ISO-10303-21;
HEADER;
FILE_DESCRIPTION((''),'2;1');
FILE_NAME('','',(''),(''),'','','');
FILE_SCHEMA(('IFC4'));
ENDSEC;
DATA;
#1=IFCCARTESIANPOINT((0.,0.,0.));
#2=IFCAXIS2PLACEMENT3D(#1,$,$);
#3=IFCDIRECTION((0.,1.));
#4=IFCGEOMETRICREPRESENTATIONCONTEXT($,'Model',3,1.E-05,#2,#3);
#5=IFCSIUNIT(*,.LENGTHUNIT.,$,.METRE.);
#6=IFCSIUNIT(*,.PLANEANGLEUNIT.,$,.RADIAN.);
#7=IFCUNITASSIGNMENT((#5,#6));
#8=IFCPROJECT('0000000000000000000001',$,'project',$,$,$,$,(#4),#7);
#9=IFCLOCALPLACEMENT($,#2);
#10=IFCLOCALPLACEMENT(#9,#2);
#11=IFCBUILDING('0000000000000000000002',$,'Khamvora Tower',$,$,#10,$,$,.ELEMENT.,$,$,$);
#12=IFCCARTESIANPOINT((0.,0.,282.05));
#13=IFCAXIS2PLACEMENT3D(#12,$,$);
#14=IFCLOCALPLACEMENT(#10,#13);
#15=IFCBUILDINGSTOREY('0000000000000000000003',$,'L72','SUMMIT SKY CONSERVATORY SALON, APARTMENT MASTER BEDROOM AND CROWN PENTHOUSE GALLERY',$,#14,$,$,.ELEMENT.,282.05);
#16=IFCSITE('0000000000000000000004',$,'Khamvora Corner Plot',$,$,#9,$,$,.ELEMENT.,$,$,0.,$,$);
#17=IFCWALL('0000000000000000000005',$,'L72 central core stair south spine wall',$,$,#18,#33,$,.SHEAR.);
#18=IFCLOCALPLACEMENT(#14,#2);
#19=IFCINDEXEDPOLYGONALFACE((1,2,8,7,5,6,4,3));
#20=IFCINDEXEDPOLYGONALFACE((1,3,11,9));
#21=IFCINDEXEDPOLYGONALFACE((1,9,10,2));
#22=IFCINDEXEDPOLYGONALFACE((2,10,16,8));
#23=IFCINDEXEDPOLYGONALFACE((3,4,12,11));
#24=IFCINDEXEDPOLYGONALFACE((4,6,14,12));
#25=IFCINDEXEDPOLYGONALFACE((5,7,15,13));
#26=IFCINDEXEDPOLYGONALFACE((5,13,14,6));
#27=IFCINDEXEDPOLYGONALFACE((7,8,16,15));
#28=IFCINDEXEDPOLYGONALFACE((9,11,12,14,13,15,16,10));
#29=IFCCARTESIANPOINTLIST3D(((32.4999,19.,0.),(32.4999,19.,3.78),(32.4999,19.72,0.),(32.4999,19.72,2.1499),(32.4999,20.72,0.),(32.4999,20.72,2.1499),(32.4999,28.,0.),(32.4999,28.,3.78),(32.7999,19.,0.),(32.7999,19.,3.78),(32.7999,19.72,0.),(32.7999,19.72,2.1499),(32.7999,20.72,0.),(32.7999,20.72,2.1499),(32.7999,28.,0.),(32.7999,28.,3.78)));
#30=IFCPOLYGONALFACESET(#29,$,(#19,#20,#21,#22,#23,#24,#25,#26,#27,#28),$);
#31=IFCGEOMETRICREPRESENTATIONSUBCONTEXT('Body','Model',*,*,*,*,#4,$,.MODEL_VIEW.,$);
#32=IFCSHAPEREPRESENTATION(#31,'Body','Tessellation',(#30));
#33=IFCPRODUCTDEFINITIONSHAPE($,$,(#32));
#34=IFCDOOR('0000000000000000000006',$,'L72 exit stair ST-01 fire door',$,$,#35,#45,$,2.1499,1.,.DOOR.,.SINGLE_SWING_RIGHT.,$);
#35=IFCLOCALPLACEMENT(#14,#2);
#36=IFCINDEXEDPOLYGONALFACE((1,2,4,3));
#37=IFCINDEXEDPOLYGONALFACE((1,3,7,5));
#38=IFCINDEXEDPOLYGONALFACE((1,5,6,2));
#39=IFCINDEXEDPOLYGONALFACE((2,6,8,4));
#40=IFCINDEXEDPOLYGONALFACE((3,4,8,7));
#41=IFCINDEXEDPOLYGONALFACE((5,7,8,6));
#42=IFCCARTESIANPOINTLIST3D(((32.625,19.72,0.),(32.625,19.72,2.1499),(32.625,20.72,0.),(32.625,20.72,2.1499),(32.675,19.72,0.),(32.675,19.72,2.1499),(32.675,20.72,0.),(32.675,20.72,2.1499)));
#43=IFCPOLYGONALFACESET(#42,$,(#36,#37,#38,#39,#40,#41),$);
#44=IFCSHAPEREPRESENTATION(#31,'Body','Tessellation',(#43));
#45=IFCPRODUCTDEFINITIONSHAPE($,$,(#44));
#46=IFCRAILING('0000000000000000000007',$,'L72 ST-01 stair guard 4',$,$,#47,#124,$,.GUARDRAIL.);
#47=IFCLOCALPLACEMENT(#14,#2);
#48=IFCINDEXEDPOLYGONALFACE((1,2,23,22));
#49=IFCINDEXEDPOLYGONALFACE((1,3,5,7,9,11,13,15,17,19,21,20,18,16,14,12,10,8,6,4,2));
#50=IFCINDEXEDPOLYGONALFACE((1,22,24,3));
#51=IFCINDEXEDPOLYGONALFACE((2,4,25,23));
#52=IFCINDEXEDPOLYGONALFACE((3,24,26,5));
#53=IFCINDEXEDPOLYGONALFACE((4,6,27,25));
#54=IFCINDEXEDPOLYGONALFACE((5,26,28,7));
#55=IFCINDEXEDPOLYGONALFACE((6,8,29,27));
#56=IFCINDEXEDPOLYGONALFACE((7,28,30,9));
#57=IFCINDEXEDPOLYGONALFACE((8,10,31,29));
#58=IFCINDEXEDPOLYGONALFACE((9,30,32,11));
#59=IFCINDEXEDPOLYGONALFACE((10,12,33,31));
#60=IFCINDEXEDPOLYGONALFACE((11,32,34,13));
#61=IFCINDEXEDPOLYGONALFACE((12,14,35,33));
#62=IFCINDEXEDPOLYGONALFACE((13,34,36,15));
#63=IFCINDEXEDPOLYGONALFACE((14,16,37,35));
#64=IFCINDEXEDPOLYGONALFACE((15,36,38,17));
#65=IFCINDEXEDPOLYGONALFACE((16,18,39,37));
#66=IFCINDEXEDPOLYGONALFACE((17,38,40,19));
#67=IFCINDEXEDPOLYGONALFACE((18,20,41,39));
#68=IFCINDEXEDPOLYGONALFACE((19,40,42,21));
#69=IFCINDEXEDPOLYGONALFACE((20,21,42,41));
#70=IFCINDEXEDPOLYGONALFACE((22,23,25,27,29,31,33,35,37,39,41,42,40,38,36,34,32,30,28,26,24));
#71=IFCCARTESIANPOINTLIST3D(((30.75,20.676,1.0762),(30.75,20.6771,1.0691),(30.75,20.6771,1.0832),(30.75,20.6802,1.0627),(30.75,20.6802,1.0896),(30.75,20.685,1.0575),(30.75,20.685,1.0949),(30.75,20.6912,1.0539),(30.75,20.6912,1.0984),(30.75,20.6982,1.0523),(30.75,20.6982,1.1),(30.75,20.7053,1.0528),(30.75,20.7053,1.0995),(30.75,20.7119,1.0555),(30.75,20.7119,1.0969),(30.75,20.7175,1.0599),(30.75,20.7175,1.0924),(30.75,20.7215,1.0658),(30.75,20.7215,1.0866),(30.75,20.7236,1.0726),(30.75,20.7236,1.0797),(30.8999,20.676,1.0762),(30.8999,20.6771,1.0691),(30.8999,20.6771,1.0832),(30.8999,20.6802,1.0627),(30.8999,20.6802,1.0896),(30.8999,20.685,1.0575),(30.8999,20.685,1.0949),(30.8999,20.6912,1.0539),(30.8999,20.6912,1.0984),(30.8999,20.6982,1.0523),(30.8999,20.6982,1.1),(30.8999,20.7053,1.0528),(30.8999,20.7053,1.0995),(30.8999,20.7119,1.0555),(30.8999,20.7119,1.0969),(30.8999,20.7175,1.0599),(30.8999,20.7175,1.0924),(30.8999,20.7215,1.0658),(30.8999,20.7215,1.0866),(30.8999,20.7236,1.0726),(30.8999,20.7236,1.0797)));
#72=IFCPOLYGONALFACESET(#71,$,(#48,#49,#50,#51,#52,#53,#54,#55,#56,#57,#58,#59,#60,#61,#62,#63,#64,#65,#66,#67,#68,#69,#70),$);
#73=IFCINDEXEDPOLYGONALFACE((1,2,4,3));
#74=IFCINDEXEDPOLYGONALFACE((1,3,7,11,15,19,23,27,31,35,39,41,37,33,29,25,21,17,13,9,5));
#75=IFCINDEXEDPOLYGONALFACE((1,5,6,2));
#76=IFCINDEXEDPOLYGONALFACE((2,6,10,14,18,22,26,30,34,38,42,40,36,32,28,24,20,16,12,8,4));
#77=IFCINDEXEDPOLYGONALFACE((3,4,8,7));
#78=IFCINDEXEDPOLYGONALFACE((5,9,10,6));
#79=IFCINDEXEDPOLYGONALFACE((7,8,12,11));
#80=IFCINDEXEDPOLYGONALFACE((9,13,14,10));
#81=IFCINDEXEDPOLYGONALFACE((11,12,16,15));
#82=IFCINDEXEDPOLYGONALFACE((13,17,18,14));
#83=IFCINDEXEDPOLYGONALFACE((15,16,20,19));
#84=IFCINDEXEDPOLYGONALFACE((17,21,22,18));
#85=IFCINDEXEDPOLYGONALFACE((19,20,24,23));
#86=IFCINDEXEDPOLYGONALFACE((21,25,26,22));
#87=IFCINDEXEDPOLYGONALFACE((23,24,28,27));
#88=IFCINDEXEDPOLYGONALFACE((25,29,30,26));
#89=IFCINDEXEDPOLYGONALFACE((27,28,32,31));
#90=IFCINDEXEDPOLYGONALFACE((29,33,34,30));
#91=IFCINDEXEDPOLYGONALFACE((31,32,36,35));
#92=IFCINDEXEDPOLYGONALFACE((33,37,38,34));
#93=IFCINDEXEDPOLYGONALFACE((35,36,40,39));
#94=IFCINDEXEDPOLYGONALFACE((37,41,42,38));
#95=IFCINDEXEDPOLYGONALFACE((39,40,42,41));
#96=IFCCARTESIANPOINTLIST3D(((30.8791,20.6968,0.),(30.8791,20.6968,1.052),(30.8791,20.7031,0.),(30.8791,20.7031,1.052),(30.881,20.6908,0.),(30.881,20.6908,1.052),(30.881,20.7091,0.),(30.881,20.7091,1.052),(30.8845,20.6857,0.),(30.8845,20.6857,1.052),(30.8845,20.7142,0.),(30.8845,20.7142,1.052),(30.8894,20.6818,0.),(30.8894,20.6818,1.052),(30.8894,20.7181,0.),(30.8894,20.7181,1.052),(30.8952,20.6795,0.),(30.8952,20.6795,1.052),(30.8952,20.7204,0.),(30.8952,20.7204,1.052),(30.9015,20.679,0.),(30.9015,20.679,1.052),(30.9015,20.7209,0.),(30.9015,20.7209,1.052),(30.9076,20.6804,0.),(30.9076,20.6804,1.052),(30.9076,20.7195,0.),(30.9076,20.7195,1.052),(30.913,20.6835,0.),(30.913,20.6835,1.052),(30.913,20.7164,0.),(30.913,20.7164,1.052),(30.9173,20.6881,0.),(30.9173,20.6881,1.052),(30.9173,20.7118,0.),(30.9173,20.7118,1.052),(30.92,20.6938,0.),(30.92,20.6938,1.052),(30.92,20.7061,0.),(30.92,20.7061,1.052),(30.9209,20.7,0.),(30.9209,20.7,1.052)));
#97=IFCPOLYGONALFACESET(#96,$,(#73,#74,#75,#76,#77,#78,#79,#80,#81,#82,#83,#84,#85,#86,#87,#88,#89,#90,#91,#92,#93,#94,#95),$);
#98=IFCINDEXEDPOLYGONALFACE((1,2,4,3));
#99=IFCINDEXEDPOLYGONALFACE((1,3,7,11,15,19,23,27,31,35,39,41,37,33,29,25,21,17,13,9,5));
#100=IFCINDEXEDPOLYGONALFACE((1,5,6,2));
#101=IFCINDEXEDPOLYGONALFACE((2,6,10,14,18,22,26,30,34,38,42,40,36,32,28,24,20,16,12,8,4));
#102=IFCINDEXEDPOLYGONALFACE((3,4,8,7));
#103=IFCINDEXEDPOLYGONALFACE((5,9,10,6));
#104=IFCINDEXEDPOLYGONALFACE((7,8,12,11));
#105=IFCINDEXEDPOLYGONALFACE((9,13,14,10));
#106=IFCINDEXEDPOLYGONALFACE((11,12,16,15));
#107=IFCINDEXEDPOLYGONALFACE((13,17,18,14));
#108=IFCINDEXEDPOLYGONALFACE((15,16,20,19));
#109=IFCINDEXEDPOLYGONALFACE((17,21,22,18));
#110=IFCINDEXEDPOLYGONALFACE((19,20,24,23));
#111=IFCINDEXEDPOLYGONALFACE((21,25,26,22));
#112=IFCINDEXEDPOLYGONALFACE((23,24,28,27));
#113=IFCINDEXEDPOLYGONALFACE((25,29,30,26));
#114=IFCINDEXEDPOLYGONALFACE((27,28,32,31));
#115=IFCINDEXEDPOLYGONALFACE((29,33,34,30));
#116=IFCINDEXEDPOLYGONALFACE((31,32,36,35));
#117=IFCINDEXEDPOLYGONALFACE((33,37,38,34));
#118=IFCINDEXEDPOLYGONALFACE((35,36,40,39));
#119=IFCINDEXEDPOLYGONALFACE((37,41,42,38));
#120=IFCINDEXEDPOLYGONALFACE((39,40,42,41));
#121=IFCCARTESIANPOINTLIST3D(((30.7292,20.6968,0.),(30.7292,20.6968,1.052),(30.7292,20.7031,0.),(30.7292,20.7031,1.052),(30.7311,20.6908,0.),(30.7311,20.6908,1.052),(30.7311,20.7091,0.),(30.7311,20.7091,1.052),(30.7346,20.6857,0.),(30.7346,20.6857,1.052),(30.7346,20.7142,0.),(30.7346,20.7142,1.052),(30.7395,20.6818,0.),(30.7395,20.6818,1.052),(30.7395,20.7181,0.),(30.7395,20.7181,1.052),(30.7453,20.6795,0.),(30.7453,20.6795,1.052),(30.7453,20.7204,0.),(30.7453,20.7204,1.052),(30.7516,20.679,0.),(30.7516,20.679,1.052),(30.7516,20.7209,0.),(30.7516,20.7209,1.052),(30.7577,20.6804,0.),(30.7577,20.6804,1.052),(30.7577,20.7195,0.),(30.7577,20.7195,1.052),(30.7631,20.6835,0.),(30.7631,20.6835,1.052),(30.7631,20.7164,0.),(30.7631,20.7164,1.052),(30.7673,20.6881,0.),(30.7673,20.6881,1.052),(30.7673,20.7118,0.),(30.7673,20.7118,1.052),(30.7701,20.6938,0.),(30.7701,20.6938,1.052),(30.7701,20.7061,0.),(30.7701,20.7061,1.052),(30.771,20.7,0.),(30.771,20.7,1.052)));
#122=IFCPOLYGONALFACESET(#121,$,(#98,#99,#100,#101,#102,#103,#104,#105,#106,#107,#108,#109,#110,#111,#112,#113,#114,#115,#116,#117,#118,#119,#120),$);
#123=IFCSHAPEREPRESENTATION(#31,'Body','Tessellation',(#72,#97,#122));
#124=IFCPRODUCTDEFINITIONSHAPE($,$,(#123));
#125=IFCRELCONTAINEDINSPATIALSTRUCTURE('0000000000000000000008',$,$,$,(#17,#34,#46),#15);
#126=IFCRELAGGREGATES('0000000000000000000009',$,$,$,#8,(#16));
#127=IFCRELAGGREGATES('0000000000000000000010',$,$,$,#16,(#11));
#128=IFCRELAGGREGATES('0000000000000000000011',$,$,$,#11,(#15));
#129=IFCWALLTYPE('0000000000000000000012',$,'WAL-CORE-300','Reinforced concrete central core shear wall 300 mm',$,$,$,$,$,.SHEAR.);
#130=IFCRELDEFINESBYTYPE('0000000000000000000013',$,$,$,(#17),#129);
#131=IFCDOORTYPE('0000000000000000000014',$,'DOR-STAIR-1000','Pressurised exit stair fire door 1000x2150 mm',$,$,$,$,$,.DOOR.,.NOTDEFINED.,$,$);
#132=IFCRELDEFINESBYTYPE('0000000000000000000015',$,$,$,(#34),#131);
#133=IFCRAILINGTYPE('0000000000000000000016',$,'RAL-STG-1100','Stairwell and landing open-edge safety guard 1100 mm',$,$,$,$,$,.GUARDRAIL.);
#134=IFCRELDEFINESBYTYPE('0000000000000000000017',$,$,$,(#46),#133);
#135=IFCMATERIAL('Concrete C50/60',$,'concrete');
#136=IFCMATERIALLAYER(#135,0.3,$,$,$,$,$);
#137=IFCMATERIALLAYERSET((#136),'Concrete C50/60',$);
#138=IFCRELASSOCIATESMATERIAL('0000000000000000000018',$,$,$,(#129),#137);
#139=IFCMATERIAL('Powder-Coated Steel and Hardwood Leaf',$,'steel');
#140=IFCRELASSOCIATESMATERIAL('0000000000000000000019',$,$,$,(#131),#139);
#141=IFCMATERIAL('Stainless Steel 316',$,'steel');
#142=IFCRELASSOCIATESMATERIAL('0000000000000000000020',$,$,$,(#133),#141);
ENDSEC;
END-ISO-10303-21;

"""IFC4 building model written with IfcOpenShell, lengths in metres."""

from ifc_helpers import new_model, si_unit, direction, frame, frame_2d, origin, origin_2d, place, context, subcontext, project, spatial, rectangle, circle, extrude, material, layer, layer_set, type_object, element, fill, save


model = new_model("IFC4")

# Units and contexts
model_context = context("Model", 3, precision=1e-05, world=origin(), true_north=direction((0.0, 1.0)))
body_context = subcontext(model_context, "Body", "Model", "MODEL_VIEW")
ifc_project = project(units=[si_unit("LENGTHUNIT", "METRE"), si_unit("PLANEANGLEUNIT", "RADIAN")], contexts=[model_context])

# Site, building, storey
site_placement = place(None, origin())
site = spatial("IfcSite", under=ifc_project, at=site_placement, Name="Khamvora Corner Plot", CompositionType="ELEMENT", RefElevation=0.0)
building_placement = place(site_placement, origin())
building = spatial("IfcBuilding", under=site, at=building_placement, Name="Khamvora Tower", CompositionType="ELEMENT")
storey_placement = place(building_placement, frame((0.0, 0.0, 282.05)))
storey = spatial("IfcBuildingStorey", under=building, at=storey_placement, Name="L72", Description="SUMMIT SKY CONSERVATORY SALON, APARTMENT MASTER BEDROOM AND CROWN PENTHOUSE GALLERY", CompositionType="ELEMENT", Elevation=282.05)

# Shared definitions
ifc_material_1 = material(Name="Concrete C50/60", Category="concrete")
ifc_layer_1 = layer(ifc_material_1, 0.3)
ifc_layer_set_1 = layer_set([ifc_layer_1], Name="Concrete C50/60")
wall_type = type_object("IfcWallType", Name="WAL-CORE-300", Description="Reinforced concrete central core shear wall 300 mm", PredefinedType="SHEAR", material=ifc_layer_set_1)

# Wall, opening, door
ifc_material_2 = material(Name="Powder-Coated Steel and Hardwood Leaf", Category="steel")
wall_1_placement = place(storey_placement, frame((32.6499, 19.0, 0.0), z_axis=(0.0, 0.0, 1.0), x_axis=(0.0, 1.0, 0.0)))
wall_1 = element("IfcWall", 1, at=wall_1_placement, inside=storey, type_object=wall_type, Name="L72 central core stair south spine wall", PredefinedType="SHEAR", context=body_context, shape_type="SweptSolid", body=[
    extrude(rectangle(XDim=9.0, YDim=0.3, at=frame_2d((4.5, 0.0))), origin(), (0.0, 0.0, 1.0), 3.78),
])
opening_1_placement = place(wall_1_placement, frame((0.72, 0.0, 0.0)))
opening_1 = element("IfcOpeningElement", 2, at=opening_1_placement, cuts=wall_1, PredefinedType="OPENING", context=body_context, shape_type="SweptSolid", body=[
    extrude(rectangle(XDim=1.0, YDim=2.1499, at=frame_2d((0.5, 1.075))), frame((0.0, 0.1599, 0.0), z_axis=(0.0, -1.0, 0.0), x_axis=(1.0, 0.0, 0.0)), (0.0, 0.0, 1.0), 0.3201),
])
door_type_1 = type_object("IfcDoorType", Name="DOR-STAIR-1000", Description="Pressurised exit stair fire door 1000x2150 mm", OperationType="NOTDEFINED", PredefinedType="DOOR", material=ifc_material_2)
door_1_placement = place(opening_1_placement, origin())
door_1 = element("IfcDoor", 3, at=door_1_placement, inside=storey, type_object=door_type_1, Name="L72 exit stair ST-01 fire door", OperationType="SINGLE_SWING_RIGHT", OverallHeight=2.1499, OverallWidth=1.0, PredefinedType="DOOR", context=body_context, shape_type="SweptSolid", body=[
    extrude(rectangle(XDim=1.0, YDim=2.1499, at=frame_2d((0.5, 1.075))), frame((0.0, 0.0249, 0.0), z_axis=(0.0, -1.0, 0.0), x_axis=(1.0, 0.0, 0.0)), (0.0, 0.0, 1.0), 0.05),
])
fill(opening_1, door_1)

# Railing
ifc_material_3 = material(Name="Stainless Steel 316", Category="steel")
railing_type = type_object("IfcRailingType", Name="RAL-STG-1100", Description="Stairwell and landing open-edge safety guard 1100 mm", PredefinedType="GUARDRAIL", material=ifc_material_3)
railing_placement = place(storey_placement, frame((30.8999, 20.7, 0.0)))
element("IfcRailing", 4, at=railing_placement, inside=storey, type_object=railing_type, Name="L72 ST-01 stair guard 4", PredefinedType="GUARDRAIL", context=body_context, shape_type="SweptSolid", body=[
    extrude(circle(Radius=0.0239, at=origin_2d()), frame((0.0, 0.0, 1.0762), z_axis=(-1.0, 0.0, 0.0), x_axis=(0.0, -1.0, 0.0)), (0.0, 0.0, 1.0), 0.1499),
    extrude(circle(Radius=0.021, at=origin_2d()), origin(), (0.0, 0.0, 1.0), 1.052),
    extrude(circle(Radius=0.021, at=origin_2d()), frame((-0.1499, 0.0, 0.0)), (0.0, 0.0, 1.0), 1.052),
])

save(model, "model.ifc")
